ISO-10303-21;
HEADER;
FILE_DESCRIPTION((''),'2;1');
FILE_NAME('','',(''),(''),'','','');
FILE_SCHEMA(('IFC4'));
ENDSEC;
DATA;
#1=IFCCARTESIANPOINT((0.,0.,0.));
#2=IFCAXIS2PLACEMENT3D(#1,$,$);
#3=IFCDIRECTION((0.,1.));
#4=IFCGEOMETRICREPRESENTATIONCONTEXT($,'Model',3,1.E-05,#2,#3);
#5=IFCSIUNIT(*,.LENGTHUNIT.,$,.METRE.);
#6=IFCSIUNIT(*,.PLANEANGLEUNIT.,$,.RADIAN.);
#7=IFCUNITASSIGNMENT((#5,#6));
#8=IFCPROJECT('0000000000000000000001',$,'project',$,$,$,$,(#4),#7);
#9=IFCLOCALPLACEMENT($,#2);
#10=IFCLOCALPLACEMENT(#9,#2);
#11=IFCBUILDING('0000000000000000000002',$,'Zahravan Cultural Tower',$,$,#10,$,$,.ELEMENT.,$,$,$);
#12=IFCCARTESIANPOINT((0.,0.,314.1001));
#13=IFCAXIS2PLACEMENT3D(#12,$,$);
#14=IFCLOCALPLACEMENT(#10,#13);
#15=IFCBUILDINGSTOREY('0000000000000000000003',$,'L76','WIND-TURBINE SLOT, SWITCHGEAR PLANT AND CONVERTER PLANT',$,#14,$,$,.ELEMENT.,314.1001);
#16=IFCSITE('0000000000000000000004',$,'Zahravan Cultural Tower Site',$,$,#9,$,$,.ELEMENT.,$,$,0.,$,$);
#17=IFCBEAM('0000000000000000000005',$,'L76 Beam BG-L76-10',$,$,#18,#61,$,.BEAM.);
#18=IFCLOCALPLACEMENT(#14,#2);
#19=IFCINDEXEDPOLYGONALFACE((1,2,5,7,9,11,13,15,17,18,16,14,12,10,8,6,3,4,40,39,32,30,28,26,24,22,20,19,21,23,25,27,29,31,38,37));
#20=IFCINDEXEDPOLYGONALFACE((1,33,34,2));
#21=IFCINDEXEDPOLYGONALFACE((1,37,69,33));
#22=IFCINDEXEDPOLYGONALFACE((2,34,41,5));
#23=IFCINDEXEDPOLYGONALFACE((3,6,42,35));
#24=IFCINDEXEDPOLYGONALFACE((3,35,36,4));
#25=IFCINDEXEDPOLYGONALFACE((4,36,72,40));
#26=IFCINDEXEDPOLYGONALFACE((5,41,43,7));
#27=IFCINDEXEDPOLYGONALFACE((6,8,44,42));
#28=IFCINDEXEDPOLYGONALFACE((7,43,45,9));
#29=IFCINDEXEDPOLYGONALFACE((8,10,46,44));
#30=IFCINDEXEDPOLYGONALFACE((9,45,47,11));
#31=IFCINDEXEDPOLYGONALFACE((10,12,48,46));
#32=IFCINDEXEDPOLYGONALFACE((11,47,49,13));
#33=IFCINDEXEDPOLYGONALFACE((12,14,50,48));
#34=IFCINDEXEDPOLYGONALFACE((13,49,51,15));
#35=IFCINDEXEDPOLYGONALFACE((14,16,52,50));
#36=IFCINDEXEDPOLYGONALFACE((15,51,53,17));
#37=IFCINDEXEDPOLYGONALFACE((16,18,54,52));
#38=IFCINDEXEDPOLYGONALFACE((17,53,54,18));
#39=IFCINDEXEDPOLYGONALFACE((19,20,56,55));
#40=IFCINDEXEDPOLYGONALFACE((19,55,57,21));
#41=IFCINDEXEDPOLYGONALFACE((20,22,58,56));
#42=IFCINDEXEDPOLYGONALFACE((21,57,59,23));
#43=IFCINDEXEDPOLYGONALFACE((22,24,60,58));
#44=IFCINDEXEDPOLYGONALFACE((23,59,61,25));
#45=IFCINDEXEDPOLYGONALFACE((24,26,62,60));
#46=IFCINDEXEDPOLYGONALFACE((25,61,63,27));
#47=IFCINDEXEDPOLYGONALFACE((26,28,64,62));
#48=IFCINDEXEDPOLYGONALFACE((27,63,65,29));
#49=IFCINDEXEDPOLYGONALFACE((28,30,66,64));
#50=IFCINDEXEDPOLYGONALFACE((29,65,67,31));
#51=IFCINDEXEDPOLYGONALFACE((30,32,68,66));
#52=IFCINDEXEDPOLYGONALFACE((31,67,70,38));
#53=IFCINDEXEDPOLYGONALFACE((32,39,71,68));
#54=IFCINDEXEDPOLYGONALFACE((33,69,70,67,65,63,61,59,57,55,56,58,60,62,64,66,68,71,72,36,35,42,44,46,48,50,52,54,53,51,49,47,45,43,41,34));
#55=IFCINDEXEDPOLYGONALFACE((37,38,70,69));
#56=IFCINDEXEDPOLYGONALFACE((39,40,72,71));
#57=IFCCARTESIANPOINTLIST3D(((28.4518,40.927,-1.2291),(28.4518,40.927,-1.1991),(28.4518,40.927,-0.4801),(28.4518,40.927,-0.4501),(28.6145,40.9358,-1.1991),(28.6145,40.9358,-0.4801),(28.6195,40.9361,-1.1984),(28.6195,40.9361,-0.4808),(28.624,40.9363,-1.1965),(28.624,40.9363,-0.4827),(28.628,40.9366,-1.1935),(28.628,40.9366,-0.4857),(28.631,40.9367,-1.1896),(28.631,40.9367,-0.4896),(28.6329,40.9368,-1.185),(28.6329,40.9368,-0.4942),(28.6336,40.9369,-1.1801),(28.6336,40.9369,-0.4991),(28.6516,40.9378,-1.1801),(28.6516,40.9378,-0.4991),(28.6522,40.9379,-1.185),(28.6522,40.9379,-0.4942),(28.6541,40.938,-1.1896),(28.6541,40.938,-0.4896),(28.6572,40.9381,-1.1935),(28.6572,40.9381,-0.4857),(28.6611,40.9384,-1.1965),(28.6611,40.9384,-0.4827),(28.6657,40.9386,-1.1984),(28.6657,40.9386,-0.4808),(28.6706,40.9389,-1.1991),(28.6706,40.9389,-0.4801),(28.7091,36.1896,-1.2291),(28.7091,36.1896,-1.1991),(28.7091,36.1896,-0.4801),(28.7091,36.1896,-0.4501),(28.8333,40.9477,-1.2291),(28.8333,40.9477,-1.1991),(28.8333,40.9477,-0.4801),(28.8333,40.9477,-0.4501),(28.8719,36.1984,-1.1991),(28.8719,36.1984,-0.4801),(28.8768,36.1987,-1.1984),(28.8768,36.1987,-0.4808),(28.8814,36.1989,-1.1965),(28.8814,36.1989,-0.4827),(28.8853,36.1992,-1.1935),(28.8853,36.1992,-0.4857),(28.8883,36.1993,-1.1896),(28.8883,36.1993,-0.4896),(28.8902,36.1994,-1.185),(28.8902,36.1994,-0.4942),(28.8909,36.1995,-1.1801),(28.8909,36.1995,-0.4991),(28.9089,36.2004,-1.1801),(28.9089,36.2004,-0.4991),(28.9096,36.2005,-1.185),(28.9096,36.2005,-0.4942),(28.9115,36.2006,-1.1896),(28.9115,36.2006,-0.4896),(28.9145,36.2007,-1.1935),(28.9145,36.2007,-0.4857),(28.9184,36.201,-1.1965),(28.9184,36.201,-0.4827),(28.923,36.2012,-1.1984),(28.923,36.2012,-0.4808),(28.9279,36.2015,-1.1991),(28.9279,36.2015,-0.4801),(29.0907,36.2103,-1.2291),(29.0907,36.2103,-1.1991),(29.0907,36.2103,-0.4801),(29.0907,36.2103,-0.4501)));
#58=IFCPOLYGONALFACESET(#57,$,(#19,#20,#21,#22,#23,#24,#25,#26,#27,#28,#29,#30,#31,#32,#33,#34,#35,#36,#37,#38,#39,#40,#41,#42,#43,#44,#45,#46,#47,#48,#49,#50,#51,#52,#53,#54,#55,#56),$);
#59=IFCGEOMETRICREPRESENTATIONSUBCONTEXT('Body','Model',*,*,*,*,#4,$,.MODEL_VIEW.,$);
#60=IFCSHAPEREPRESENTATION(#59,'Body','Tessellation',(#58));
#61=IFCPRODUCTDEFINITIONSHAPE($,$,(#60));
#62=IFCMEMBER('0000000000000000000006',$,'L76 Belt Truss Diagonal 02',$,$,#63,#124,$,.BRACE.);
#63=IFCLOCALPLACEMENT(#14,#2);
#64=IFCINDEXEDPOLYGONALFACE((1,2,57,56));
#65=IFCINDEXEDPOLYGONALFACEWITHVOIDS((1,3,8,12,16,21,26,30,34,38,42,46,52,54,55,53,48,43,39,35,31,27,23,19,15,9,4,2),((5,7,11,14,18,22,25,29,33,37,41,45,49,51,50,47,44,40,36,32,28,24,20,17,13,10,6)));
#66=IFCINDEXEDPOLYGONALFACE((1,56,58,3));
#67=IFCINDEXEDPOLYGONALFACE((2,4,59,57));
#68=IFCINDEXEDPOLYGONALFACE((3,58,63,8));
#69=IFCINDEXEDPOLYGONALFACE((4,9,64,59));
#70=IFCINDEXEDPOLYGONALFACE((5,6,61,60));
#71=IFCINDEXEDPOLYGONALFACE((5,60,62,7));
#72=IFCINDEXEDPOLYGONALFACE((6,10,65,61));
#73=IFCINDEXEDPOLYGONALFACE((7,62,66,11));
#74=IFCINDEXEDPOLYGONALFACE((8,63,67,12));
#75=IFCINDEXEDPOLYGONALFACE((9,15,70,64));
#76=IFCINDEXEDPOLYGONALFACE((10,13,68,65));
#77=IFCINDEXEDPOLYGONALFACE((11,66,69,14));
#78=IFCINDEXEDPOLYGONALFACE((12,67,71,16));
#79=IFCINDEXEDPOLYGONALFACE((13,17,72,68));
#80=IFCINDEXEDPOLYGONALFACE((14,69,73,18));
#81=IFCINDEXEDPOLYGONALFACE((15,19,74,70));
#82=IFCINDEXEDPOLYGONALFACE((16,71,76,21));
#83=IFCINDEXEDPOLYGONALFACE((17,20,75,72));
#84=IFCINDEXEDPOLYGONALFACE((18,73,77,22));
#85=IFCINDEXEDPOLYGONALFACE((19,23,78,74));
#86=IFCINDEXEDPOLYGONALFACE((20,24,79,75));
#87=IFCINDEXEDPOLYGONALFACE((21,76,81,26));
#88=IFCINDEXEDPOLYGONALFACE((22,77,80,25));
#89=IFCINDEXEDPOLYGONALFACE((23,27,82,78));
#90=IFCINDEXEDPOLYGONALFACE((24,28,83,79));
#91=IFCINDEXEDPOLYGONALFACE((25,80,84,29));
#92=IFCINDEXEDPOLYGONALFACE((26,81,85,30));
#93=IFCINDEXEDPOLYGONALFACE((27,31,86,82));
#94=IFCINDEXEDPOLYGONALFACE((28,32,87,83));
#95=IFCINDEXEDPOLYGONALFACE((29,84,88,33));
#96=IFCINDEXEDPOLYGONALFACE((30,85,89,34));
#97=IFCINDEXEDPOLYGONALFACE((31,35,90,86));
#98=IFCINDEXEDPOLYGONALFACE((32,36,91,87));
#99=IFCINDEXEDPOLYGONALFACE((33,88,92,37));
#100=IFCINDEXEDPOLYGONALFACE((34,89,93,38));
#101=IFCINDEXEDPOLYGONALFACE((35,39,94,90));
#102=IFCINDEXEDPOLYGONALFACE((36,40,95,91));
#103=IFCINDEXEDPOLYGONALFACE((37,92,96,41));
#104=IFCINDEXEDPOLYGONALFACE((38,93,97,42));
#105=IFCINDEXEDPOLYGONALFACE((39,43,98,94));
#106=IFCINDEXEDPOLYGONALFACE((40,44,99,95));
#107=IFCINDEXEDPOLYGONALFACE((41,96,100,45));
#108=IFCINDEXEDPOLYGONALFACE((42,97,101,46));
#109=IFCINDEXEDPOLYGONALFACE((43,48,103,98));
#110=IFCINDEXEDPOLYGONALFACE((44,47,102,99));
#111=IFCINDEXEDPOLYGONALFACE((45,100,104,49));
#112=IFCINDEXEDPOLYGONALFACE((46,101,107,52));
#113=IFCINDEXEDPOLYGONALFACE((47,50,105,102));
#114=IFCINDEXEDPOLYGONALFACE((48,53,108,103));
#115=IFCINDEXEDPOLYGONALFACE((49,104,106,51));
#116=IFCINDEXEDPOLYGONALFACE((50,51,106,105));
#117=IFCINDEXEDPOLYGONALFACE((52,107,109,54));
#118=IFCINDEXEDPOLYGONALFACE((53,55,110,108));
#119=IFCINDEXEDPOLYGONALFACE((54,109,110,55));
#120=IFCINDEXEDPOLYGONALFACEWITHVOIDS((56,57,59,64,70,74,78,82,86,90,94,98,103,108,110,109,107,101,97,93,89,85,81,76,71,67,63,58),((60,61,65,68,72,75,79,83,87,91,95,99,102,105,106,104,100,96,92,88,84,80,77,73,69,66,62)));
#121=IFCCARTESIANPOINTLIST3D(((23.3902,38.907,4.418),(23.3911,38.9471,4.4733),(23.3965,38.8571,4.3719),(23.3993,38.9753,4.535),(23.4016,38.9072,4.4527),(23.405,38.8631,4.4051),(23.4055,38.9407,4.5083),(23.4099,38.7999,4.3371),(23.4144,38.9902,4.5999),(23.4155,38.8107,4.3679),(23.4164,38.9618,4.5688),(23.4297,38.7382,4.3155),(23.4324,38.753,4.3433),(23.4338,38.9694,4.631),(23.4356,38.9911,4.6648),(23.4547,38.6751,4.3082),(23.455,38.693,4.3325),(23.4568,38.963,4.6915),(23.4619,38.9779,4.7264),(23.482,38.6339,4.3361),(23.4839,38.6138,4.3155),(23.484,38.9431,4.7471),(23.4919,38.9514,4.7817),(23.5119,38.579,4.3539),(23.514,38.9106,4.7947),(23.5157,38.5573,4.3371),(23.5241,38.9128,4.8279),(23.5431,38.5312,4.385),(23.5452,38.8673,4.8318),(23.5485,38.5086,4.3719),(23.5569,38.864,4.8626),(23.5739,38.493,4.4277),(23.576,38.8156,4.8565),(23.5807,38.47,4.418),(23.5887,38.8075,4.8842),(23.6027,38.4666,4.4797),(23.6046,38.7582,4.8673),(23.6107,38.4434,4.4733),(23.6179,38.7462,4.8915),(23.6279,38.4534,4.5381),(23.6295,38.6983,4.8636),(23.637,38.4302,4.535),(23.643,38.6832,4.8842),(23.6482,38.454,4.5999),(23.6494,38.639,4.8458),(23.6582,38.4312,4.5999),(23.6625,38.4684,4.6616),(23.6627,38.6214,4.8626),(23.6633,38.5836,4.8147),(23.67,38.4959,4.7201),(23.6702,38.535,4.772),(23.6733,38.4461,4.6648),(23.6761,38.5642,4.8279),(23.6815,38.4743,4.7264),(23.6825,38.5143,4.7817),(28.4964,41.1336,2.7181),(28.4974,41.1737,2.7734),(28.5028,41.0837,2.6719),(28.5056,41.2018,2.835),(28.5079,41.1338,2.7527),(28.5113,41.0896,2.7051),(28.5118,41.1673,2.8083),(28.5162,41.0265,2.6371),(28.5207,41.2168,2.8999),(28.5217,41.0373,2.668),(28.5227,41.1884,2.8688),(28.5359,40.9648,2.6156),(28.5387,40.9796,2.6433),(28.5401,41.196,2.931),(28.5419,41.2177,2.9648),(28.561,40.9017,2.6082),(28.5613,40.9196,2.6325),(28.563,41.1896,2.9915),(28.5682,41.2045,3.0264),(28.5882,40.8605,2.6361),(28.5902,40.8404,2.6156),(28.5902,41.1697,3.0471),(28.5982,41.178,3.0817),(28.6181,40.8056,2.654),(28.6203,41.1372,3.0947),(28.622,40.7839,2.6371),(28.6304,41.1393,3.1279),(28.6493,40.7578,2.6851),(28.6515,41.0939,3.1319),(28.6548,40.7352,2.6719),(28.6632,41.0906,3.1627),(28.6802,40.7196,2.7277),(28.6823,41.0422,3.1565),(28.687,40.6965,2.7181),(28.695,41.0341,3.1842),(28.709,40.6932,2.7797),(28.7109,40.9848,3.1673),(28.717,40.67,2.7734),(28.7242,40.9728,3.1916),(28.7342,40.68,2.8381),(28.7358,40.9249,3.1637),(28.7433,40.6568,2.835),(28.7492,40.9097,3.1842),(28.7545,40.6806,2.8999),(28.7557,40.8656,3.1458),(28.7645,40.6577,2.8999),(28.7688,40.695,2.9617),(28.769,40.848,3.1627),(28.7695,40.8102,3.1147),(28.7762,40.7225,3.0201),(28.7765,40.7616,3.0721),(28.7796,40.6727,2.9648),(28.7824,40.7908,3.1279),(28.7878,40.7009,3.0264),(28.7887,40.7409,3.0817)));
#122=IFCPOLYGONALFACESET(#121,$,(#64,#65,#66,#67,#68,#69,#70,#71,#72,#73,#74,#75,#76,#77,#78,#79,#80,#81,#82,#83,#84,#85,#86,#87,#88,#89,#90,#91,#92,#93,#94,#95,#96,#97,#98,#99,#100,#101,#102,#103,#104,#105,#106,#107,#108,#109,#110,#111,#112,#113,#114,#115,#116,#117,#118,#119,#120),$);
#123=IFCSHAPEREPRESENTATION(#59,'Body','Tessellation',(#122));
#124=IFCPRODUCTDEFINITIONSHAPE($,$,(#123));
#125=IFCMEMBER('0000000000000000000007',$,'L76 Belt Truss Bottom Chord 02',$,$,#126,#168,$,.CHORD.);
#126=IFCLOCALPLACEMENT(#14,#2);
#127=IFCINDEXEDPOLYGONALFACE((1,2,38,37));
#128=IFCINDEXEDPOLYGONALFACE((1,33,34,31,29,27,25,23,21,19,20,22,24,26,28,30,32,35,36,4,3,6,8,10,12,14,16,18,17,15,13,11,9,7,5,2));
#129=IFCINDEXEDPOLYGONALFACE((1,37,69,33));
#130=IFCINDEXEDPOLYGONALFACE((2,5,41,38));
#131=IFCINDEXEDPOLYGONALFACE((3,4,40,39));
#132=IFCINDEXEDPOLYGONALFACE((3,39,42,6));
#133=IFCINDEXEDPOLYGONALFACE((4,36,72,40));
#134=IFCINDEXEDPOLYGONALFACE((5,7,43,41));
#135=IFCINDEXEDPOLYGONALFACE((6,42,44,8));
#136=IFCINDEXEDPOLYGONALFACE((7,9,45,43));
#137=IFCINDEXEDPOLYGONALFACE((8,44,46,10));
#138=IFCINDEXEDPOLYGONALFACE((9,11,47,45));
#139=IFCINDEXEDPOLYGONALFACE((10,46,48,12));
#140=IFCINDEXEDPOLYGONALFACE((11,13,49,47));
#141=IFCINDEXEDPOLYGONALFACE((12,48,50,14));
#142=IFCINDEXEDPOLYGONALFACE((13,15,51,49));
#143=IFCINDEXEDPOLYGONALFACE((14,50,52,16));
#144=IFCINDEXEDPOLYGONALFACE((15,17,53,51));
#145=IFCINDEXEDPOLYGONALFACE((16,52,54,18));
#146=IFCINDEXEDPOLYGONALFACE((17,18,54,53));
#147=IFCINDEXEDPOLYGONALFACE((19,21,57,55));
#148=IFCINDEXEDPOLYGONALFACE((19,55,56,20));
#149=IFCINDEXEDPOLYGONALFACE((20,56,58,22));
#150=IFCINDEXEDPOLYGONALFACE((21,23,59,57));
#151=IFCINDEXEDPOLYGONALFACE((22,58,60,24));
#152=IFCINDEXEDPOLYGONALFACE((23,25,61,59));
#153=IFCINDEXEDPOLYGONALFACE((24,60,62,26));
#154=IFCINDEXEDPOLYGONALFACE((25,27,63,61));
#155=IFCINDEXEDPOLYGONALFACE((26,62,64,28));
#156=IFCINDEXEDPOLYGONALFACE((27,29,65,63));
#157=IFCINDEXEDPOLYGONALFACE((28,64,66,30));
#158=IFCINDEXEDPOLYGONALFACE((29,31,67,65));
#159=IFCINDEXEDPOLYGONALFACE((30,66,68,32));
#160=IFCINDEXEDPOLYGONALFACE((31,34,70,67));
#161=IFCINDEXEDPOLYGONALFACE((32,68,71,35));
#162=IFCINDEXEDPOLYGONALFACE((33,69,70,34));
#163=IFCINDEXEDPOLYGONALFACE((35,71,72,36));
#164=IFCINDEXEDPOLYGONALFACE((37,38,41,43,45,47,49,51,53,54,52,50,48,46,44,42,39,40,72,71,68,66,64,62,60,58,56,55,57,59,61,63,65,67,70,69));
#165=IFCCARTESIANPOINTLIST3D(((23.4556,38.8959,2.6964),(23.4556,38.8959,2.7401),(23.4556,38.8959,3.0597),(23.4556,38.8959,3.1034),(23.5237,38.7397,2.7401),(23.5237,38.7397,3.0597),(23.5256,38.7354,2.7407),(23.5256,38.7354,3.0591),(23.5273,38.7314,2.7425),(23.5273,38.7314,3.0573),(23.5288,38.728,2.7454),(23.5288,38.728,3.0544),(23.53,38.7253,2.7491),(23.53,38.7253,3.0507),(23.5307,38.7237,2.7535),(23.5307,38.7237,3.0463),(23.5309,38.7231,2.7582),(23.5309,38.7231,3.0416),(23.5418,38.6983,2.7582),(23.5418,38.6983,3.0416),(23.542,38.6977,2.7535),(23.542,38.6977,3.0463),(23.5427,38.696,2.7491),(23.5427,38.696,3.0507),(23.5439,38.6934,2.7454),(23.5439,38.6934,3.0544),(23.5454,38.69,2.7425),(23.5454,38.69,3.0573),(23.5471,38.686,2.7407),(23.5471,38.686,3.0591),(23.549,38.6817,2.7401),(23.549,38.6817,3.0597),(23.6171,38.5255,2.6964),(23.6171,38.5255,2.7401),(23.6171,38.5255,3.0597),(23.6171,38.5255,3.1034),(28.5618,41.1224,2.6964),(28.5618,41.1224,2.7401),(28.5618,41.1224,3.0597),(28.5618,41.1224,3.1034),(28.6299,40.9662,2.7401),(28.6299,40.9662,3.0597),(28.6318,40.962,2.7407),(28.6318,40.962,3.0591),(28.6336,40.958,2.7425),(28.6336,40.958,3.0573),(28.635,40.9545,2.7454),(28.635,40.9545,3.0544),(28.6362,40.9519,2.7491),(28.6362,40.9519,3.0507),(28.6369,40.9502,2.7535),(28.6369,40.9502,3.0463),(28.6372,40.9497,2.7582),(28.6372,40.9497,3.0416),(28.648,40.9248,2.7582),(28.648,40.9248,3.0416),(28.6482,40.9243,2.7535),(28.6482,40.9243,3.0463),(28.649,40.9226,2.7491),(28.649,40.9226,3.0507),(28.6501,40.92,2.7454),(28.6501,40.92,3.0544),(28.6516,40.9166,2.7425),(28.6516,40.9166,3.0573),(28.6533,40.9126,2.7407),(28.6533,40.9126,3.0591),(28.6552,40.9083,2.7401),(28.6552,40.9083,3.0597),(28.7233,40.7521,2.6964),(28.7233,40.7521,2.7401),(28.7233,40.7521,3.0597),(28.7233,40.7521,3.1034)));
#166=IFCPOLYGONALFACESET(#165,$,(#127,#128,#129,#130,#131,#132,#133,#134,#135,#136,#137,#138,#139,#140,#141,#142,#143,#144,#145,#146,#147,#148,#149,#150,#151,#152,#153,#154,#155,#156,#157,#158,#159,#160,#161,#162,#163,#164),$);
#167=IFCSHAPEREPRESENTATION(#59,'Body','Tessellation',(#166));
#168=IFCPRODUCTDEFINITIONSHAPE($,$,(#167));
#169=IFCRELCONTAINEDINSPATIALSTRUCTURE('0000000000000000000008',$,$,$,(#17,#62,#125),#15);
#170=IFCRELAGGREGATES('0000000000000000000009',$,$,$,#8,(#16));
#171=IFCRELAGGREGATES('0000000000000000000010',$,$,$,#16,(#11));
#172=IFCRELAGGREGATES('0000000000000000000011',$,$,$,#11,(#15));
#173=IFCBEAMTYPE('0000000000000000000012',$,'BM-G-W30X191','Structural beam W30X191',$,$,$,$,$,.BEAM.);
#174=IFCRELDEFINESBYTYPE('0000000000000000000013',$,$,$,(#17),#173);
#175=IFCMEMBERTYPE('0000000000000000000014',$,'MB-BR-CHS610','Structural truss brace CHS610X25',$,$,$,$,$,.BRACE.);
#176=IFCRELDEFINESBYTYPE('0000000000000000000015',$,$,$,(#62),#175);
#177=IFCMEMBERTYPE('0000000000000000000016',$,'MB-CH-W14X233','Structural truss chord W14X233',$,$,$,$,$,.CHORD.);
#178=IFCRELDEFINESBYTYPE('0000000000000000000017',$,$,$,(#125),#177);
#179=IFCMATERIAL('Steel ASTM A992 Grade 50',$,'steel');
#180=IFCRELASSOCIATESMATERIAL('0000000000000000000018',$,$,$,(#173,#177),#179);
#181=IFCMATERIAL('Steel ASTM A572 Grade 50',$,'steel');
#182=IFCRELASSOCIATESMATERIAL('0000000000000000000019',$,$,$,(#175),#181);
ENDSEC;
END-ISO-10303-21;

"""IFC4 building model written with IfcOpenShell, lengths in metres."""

from ifc_helpers import new_model, si_unit, direction, frame, origin, origin_2d, place, context, subcontext, project, spatial, hollow_circle, i_section, extrude, source, transform, mapped, material, material_profile, profile_set, type_object, element, save


model = new_model("IFC4")

# Units and contexts
model_context = context("Model", 3, precision=1e-05, world=origin(), true_north=direction((0.0, 1.0)))
body_context = subcontext(model_context, "Body", "Model", "MODEL_VIEW")
ifc_project = project(units=[si_unit("LENGTHUNIT", "METRE"), si_unit("PLANEANGLEUNIT", "RADIAN")], contexts=[model_context])

# Site, building, storey
site_placement = place(None, origin())
site = spatial("IfcSite", under=ifc_project, at=site_placement, Name="Zahravan Cultural Tower Site", CompositionType="ELEMENT", RefElevation=0.0)
building_placement = place(site_placement, origin())
building = spatial("IfcBuilding", under=site, at=building_placement, Name="Zahravan Cultural Tower", CompositionType="ELEMENT")
storey_placement = place(building_placement, frame((0.0, 0.0, 314.1001)))
storey = spatial("IfcBuildingStorey", under=building, at=storey_placement, Name="L76", Description="WIND-TURBINE SLOT, SWITCHGEAR PLANT AND CONVERTER PLANT", CompositionType="ELEMENT", Elevation=314.1001)

# Shared definitions
ifc_material_1 = material(Name="Steel ASTM A992 Grade 50", Category="steel")

# Beam
ifc_material_profile_1 = material_profile(ifc_material_1, i_section(OverallWidth=0.3821, OverallDepth=0.7791, WebThickness=0.0181, FlangeThickness=0.03, FilletRadius=0.019, at=origin_2d()), Name="W30X191")
ifc_profile_set_1 = profile_set([ifc_material_profile_1], Name="Steel ASTM A992 Grade 50")
beam_type_1 = type_object("IfcBeamType", Name="BM-G-W30X191", Description="Structural beam W30X191", PredefinedType="BEAM", material=ifc_profile_set_1)
shared_shape_1 = source(origin(), body_context, "Body", "SweptSolid", [
    extrude(i_section(OverallWidth=0.3821, OverallDepth=0.7791, WebThickness=0.0181, FlangeThickness=0.03, FilletRadius=0.019, at=origin_2d()), origin(), (0.0, 0.0, 1.0), 4.7444),
])
beam_1_placement = place(storey_placement, frame((28.8999, 36.2, -0.8396), z_axis=(-0.054239, 0.998528, 0.0), x_axis=(-0.998528, -0.054239, 0.0)))
element("IfcBeam", 1, at=beam_1_placement, inside=storey, type_object=beam_type_1, Name="L76 Beam BG-L76-10", PredefinedType="BEAM", context=body_context, shape_type="MappedRepresentation", body=[
    mapped(shared_shape_1, transform((0.0, 0.0, 0.0), x_axis=(1.0, 0.0, 0.0), y_axis=(0.0, 1.0, 0.0), z_axis=(0.0, 0.0, 1.0), scale=1.0)),
])

# Members
ifc_material_2 = material(Name="Steel ASTM A572 Grade 50", Category="steel")
ifc_material_profile_2 = material_profile(ifc_material_2, hollow_circle(Radius=0.3049, WallThickness=0.0249, at=origin_2d()), Name="CHS610X25")
ifc_profile_set_2 = profile_set([ifc_material_profile_2], Name="Steel ASTM A572 Grade 50")
member_type_1 = type_object("IfcMemberType", Name="MB-BR-CHS610", Description="Structural truss brace CHS610X25", PredefinedType="BRACE", material=ifc_profile_set_2)
shared_shape_2 = source(origin(), body_context, "Body", "SweptSolid", [
    extrude(hollow_circle(Radius=0.3049, WallThickness=0.0249, at=origin_2d()), origin(), (0.0, 0.0, 1.0), 5.8242),
])
member_1_placement = place(storey_placement, frame((28.6426, 40.9373, 2.8999), z_axis=(-0.876729, -0.382298, 0.29188), x_axis=(0.399703, -0.916645, 0.0)))
element("IfcMember", 2, at=member_1_placement, inside=storey, type_object=member_type_1, Name="L76 Belt Truss Diagonal 02", PredefinedType="BRACE", context=body_context, shape_type="MappedRepresentation", body=[
    mapped(shared_shape_2, transform((0.0, 0.0, 0.0), x_axis=(1.0, 0.0, 0.0), y_axis=(0.0, 1.0, 0.0), z_axis=(0.0, 0.0, 1.0), scale=1.0)),
])
ifc_material_profile_3 = material_profile(ifc_material_1, i_section(OverallWidth=0.4041, OverallDepth=0.407, WebThickness=0.0271, FlangeThickness=0.0437, FilletRadius=0.0181, at=origin_2d()), Name="W14X233")
ifc_profile_set_3 = profile_set([ifc_material_profile_3], Name="Steel ASTM A992 Grade 50")
member_type_2 = type_object("IfcMemberType", Name="MB-CH-W14X233", Description="Structural truss chord W14X233", PredefinedType="CHORD", material=ifc_profile_set_3)
shared_shape_3 = source(origin(), body_context, "Body", "SweptSolid", [
    extrude(i_section(OverallWidth=0.4041, OverallDepth=0.407, WebThickness=0.0271, FlangeThickness=0.0437, FilletRadius=0.0181, at=origin_2d()), origin(), (0.0, 0.0, 1.0), 5.5706),
])
member_2_placement = place(storey_placement, frame((28.6426, 40.9373, 2.8999), z_axis=(-0.916645, -0.399703, 0.0), x_axis=(0.399703, -0.916645, 0.0)))
element("IfcMember", 3, at=member_2_placement, inside=storey, type_object=member_type_2, Name="L76 Belt Truss Bottom Chord 02", PredefinedType="CHORD", context=body_context, shape_type="MappedRepresentation", body=[
    mapped(shared_shape_3, transform((0.0, 0.0, 0.0), x_axis=(1.0, 0.0, 0.0), y_axis=(0.0, 1.0, 0.0), z_axis=(0.0, 0.0, 1.0), scale=1.0)),
])

save(model, "model.ifc")
